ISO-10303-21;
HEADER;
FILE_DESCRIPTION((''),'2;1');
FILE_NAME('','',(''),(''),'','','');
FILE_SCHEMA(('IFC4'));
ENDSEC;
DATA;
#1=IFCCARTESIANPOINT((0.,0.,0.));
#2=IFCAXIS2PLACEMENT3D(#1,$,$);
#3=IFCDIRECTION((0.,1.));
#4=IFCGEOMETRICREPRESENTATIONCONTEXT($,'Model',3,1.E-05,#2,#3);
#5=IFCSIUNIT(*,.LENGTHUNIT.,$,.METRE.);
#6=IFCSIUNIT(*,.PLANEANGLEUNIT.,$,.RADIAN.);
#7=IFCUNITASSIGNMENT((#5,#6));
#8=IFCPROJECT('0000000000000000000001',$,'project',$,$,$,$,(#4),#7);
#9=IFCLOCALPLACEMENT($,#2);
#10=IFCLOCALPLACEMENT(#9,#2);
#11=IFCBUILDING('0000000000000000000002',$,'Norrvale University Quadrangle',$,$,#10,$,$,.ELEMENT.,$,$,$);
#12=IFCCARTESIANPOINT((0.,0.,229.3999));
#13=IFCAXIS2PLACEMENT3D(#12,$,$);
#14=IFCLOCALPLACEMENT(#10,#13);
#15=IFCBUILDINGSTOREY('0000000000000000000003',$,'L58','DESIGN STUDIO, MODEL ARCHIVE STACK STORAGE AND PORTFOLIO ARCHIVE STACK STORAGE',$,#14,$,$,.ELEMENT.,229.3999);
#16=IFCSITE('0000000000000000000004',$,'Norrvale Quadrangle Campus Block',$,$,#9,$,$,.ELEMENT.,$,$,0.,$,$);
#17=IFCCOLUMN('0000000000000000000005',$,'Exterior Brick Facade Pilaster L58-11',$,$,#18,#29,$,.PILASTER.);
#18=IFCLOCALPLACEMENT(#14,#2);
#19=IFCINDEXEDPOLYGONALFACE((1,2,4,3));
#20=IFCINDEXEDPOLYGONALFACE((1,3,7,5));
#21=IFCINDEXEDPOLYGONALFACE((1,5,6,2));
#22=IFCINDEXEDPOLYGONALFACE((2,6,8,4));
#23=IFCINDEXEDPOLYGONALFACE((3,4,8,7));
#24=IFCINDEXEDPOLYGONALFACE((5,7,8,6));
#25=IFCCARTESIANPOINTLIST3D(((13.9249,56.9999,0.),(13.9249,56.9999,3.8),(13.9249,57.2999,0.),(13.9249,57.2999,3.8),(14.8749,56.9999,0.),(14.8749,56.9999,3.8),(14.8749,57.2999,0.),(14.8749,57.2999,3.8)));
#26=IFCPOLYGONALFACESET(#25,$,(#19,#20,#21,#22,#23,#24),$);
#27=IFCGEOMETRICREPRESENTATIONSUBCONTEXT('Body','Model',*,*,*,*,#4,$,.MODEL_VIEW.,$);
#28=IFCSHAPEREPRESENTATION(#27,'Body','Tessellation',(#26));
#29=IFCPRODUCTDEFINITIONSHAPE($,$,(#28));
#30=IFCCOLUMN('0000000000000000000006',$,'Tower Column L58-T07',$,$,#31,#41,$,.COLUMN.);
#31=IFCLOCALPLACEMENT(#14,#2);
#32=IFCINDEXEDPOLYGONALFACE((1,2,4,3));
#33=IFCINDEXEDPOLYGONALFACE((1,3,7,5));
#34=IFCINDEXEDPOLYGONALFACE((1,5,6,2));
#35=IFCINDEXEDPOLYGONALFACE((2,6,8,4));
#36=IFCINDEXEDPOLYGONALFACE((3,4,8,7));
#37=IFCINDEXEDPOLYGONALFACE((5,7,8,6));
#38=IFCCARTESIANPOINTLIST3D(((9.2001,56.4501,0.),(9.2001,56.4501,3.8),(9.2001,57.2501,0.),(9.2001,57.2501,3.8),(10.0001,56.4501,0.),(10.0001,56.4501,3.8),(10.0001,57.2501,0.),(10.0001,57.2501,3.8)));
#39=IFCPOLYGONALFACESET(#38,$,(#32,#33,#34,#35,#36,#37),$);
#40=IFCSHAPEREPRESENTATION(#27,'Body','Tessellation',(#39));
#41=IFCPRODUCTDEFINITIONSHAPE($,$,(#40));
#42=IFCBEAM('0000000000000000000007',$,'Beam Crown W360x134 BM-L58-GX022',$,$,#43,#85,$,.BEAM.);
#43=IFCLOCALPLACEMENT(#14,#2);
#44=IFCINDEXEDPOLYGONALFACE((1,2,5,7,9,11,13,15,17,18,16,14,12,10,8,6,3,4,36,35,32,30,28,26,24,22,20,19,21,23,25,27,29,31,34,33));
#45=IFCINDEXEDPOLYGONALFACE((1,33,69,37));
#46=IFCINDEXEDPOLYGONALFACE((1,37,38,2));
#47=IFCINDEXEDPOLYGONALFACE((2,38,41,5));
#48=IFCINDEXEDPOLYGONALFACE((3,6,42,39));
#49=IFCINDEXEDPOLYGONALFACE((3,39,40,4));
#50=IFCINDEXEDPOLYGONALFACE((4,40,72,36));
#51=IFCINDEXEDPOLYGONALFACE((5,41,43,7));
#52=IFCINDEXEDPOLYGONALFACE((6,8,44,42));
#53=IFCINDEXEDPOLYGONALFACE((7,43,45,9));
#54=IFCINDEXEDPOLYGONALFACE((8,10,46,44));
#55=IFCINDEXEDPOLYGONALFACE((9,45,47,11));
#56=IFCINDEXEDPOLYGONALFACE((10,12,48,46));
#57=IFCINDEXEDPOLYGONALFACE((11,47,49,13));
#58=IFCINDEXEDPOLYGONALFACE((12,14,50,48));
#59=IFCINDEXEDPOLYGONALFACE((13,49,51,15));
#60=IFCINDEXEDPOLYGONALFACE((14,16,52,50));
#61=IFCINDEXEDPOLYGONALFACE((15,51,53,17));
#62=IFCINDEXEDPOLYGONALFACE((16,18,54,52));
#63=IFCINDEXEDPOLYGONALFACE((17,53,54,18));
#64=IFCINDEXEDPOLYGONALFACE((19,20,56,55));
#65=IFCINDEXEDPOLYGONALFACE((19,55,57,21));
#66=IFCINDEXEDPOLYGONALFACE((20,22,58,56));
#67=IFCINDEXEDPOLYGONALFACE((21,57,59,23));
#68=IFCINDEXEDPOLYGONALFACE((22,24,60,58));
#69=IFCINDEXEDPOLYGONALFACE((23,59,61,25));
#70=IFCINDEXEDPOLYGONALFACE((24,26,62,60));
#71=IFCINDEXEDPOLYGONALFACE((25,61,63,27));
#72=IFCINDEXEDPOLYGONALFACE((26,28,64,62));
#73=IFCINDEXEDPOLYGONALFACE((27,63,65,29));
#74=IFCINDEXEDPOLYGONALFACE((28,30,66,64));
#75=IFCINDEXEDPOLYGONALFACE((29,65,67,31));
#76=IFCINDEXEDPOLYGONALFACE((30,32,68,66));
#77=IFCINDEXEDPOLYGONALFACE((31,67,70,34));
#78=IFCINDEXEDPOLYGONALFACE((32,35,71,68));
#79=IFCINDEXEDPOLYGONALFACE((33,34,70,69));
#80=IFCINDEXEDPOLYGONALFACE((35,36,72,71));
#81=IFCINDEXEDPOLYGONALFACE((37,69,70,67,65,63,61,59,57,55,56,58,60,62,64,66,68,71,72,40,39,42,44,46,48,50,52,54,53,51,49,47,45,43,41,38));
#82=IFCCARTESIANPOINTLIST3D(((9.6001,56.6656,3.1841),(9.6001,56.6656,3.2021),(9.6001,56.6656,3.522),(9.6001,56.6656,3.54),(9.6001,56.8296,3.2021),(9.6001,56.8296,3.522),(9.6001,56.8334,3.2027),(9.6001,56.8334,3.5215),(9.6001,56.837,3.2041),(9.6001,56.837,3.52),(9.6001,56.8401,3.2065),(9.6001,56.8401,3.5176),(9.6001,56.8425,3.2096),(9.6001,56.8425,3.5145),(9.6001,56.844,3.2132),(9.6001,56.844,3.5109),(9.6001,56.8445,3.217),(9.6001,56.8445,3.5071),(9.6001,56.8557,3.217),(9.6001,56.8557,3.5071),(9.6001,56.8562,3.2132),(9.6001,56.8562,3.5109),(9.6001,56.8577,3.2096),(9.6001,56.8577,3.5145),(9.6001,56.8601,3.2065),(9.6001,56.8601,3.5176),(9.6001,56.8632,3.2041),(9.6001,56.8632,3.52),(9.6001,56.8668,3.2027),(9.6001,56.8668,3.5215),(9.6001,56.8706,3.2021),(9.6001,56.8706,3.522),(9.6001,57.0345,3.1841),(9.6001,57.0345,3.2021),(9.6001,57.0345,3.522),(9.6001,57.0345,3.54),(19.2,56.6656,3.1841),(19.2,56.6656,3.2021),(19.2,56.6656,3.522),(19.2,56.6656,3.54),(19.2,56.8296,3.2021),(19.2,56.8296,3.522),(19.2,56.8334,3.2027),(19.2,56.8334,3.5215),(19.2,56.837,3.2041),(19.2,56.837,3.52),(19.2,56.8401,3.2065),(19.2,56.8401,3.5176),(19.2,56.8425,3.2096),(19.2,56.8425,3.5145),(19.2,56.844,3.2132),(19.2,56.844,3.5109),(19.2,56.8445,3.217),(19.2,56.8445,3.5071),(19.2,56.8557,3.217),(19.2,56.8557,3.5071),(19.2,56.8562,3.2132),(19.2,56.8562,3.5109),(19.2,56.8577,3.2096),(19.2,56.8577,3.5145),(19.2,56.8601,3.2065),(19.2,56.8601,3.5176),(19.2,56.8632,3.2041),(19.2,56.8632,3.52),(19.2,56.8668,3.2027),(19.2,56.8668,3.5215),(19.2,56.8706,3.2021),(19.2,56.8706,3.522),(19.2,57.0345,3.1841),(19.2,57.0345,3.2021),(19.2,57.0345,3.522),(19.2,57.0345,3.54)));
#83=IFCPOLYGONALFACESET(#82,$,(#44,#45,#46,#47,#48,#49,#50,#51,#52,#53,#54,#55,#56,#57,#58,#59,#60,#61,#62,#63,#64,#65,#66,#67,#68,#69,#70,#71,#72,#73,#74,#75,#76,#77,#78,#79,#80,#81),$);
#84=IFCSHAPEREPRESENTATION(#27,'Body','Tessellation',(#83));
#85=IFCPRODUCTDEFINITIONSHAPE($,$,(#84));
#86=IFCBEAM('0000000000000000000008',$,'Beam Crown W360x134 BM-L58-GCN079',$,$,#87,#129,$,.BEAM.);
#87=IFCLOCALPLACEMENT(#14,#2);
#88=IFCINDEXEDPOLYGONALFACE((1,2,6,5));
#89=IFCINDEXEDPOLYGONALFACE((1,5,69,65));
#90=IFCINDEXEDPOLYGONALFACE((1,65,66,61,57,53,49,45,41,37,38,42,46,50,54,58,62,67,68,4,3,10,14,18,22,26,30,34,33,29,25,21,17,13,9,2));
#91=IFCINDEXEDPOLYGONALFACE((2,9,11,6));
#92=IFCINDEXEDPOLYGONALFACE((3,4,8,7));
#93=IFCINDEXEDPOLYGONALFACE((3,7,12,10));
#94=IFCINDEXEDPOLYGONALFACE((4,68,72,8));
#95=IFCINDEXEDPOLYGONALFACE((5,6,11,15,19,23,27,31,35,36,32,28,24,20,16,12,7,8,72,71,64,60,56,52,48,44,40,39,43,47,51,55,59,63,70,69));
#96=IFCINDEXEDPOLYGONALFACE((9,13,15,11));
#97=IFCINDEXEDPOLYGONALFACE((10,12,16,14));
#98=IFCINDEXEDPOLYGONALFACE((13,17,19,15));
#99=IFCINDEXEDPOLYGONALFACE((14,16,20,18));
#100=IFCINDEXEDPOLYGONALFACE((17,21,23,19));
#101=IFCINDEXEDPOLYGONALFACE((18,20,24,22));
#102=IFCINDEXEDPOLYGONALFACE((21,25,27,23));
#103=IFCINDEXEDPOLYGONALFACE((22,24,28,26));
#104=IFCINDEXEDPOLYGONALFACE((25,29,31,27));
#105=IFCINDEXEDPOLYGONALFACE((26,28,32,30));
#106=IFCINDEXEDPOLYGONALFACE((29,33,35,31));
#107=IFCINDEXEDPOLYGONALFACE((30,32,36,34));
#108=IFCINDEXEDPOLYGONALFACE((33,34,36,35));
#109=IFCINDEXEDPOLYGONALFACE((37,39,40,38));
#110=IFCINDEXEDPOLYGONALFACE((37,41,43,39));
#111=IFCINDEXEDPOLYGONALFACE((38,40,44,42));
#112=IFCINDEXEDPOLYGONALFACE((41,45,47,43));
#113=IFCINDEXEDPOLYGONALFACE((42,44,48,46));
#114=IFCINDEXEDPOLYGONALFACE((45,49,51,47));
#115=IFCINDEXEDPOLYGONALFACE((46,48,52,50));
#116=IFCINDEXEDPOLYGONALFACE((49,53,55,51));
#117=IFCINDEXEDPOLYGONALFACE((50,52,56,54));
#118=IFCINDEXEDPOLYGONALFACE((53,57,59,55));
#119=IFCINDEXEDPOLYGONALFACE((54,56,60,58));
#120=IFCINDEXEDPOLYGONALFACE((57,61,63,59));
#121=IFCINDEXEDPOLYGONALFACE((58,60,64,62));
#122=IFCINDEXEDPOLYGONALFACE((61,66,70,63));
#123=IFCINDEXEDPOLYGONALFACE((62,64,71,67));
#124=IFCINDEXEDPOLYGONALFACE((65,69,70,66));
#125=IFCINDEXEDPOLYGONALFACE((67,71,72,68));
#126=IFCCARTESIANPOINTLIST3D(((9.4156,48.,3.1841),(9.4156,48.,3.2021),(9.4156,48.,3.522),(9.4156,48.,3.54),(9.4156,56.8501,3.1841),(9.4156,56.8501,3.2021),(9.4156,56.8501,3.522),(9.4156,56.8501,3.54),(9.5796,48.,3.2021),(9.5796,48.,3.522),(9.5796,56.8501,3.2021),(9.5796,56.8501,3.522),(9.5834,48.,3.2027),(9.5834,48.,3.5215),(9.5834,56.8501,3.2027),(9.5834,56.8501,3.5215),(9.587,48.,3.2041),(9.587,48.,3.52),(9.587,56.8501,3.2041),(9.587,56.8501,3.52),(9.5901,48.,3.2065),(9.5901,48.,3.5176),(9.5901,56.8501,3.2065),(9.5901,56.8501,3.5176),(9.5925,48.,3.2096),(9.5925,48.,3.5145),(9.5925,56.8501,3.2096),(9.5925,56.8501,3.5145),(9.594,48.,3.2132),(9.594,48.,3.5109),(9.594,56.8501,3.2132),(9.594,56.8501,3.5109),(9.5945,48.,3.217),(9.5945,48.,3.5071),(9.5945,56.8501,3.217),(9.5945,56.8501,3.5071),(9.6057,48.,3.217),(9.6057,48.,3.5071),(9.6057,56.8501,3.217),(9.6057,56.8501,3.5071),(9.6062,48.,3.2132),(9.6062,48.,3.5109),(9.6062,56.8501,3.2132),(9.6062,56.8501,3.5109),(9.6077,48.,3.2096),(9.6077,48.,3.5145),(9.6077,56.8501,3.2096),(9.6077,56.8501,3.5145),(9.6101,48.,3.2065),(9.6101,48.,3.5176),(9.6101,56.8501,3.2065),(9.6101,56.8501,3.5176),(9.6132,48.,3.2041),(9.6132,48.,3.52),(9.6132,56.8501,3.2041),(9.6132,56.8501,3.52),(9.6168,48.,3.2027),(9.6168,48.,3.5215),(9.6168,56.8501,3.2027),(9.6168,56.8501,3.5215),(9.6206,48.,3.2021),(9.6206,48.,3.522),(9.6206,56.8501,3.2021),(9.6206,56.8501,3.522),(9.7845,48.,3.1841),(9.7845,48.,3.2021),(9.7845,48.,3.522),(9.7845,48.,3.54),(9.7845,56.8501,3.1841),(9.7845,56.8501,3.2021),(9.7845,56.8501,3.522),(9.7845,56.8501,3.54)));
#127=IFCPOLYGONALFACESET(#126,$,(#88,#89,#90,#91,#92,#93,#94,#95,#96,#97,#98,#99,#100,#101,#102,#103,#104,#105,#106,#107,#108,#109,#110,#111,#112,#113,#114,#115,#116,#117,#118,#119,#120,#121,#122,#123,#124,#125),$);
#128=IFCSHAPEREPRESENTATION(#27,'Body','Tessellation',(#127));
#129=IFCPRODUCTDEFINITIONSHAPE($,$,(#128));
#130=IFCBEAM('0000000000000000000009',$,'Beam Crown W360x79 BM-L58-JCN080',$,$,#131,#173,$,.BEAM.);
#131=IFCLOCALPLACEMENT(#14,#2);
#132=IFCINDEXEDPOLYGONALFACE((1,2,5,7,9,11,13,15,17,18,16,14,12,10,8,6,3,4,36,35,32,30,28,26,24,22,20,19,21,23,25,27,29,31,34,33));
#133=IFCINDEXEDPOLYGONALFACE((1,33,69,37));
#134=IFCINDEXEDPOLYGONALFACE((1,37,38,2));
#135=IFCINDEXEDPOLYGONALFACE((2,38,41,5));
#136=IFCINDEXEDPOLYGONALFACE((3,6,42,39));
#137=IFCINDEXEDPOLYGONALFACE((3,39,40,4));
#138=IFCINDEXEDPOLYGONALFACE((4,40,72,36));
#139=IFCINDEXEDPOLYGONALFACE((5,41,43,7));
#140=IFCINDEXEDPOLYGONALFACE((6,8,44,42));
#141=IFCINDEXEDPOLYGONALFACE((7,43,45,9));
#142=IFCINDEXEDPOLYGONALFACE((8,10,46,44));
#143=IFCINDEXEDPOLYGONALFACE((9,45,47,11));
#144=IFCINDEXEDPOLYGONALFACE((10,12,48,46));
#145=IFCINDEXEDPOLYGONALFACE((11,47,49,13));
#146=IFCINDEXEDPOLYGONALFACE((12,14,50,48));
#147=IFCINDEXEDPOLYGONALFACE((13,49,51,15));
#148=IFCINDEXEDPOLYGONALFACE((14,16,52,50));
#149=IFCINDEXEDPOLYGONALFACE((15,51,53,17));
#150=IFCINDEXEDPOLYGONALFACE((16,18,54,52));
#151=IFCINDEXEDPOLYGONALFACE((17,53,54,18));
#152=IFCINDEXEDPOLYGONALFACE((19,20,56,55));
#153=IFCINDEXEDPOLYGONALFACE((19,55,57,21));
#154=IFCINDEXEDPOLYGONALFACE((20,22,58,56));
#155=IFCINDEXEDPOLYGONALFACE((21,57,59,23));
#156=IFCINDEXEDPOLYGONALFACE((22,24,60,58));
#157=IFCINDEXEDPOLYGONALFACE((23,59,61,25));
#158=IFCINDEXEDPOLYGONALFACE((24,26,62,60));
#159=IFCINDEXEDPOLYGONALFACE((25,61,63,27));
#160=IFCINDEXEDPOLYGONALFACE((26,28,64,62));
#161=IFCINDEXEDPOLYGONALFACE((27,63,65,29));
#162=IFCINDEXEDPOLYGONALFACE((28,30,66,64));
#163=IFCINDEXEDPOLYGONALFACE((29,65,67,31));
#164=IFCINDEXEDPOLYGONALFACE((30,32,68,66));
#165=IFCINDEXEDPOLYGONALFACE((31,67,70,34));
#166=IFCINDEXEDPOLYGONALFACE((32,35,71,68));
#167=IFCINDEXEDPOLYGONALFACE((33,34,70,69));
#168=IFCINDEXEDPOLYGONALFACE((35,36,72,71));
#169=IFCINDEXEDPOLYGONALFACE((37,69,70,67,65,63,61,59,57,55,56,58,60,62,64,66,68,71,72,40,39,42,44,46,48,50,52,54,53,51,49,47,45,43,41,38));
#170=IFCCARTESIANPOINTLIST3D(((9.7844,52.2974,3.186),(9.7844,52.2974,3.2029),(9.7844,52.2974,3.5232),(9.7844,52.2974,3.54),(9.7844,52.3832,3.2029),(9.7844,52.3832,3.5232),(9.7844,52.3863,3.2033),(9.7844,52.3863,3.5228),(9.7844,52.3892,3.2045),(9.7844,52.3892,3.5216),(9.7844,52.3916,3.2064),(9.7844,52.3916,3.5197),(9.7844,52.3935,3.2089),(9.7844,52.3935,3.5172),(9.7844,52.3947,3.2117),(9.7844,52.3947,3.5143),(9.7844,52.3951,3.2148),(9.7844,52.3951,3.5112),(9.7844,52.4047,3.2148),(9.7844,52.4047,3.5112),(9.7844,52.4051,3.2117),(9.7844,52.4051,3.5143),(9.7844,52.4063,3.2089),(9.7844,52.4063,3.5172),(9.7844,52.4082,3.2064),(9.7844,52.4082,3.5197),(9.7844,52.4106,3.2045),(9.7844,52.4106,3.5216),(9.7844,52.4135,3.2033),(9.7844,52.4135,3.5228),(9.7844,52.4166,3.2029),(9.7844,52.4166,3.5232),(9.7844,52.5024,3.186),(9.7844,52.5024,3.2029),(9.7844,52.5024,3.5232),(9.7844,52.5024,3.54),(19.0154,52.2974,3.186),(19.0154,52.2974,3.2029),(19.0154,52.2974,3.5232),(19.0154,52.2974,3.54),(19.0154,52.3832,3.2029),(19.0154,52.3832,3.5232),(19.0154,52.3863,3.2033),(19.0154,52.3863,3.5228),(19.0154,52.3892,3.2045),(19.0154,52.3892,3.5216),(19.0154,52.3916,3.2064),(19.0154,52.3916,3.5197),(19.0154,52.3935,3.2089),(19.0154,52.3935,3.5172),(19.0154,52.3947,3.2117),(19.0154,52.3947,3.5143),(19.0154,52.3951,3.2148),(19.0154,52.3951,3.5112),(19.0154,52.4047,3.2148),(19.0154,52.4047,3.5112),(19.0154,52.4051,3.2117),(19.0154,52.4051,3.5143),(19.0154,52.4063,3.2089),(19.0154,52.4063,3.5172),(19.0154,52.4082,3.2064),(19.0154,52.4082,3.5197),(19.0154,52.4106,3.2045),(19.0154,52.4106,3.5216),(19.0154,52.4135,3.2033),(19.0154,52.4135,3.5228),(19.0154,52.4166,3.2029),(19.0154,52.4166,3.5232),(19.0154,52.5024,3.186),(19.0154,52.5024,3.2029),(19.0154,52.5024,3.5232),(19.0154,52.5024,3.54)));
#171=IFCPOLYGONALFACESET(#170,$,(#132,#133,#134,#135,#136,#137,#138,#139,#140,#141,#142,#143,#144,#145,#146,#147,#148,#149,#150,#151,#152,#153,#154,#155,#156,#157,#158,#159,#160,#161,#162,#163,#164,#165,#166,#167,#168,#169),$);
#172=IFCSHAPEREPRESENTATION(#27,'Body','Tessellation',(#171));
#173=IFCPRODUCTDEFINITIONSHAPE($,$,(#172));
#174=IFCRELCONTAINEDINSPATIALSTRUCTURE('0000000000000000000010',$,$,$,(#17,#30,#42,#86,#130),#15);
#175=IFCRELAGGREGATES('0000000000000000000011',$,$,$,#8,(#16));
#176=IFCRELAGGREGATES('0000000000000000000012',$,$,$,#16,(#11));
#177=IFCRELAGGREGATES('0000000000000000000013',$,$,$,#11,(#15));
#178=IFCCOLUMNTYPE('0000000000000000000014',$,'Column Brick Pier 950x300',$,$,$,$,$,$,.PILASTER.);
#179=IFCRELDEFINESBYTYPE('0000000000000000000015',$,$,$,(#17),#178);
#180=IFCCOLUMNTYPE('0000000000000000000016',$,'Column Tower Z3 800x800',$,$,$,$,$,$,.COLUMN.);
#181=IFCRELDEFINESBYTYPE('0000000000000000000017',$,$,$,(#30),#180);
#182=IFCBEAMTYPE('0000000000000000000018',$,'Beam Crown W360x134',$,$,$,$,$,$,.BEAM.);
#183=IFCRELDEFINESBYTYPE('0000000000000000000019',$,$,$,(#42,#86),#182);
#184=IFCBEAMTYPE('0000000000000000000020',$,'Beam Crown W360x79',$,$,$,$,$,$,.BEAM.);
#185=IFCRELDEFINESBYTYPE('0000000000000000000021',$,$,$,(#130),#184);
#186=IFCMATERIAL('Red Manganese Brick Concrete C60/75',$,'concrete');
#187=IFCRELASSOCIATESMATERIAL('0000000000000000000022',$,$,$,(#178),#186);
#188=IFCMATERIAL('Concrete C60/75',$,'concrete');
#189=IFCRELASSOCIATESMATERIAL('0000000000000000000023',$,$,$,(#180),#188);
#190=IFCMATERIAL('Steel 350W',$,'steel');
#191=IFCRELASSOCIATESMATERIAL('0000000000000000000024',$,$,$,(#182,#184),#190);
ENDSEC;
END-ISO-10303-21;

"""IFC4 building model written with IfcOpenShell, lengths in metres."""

from ifc_helpers import new_model, si_unit, direction, frame, origin, origin_2d, place, context, subcontext, project, spatial, rectangle, i_section, extrude, material, material_profile, profile_set, type_object, element, save


model = new_model("IFC4")

# Units and contexts
model_context = context("Model", 3, precision=1e-05, world=origin(), true_north=direction((0.0, 1.0)))
body_context = subcontext(model_context, "Body", "Model", "MODEL_VIEW")
ifc_project = project(units=[si_unit("LENGTHUNIT", "METRE"), si_unit("PLANEANGLEUNIT", "RADIAN")], contexts=[model_context])

# Site, building, storey
site_placement = place(None, origin())
site = spatial("IfcSite", under=ifc_project, at=site_placement, Name="Norrvale Quadrangle Campus Block", CompositionType="ELEMENT", RefElevation=0.0)
building_placement = place(site_placement, origin())
building = spatial("IfcBuilding", under=site, at=building_placement, Name="Norrvale University Quadrangle", CompositionType="ELEMENT")
storey_placement = place(building_placement, frame((0.0, 0.0, 229.3999)))
storey = spatial("IfcBuildingStorey", under=building, at=storey_placement, Name="L58", Description="DESIGN STUDIO, MODEL ARCHIVE STACK STORAGE AND PORTFOLIO ARCHIVE STACK STORAGE", CompositionType="ELEMENT", Elevation=229.3999)

# Columns
ifc_material_1 = material(Name="Red Manganese Brick Concrete C60/75", Category="concrete")
ifc_material_profile_1 = material_profile(ifc_material_1, rectangle(XDim=0.95, YDim=0.3, at=origin_2d()), Name="Red Manganese Brick Concrete C60/75")
ifc_profile_set_1 = profile_set([ifc_material_profile_1], Name="Red Manganese Brick Concrete C60/75")
column_type_1 = type_object("IfcColumnType", Name="Column Brick Pier 950x300", PredefinedType="PILASTER", material=ifc_profile_set_1)
column_1_placement = place(storey_placement, frame((14.3999, 57.1499, 0.0), z_axis=(0.0, 0.0, 1.0), x_axis=(1.0, 0.0, 0.0)))
element("IfcColumn", 1, at=column_1_placement, inside=storey, type_object=column_type_1, Name="Exterior Brick Facade Pilaster L58-11", PredefinedType="PILASTER", context=body_context, shape_type="SweptSolid", body=[
    extrude(rectangle(XDim=0.95, YDim=0.3, at=origin_2d()), origin(), (0.0, 0.0, 1.0), 3.8),
])
ifc_material_2 = material(Name="Concrete C60/75", Category="concrete")
ifc_material_profile_2 = material_profile(ifc_material_2, rectangle(XDim=0.8, YDim=0.8, at=origin_2d()), Name="Concrete C60/75")
ifc_profile_set_2 = profile_set([ifc_material_profile_2], Name="Concrete C60/75")
column_type_2 = type_object("IfcColumnType", Name="Column Tower Z3 800x800", PredefinedType="COLUMN", material=ifc_profile_set_2)
column_2_placement = place(storey_placement, frame((9.6001, 56.8501, 0.0), z_axis=(0.0, 0.0, 1.0), x_axis=(1.0, 0.0, 0.0)))
element("IfcColumn", 2, at=column_2_placement, inside=storey, type_object=column_type_2, Name="Tower Column L58-T07", PredefinedType="COLUMN", context=body_context, shape_type="SweptSolid", body=[
    extrude(rectangle(XDim=0.8, YDim=0.8, at=origin_2d()), origin(), (0.0, 0.0, 1.0), 3.8),
])

# Beams
ifc_material_3 = material(Name="Steel 350W", Category="steel")
ifc_material_profile_3 = material_profile(ifc_material_3, i_section(OverallWidth=0.3689, OverallDepth=0.356, WebThickness=0.0112, FlangeThickness=0.0181, FilletRadius=0.0149, at=origin_2d()), Name="Steel 350W")
ifc_profile_set_3 = profile_set([ifc_material_profile_3], Name="Steel 350W")
beam_type_1 = type_object("IfcBeamType", Name="Beam Crown W360x134", PredefinedType="BEAM", material=ifc_profile_set_3)
beam_1_placement = place(storey_placement, frame((9.6001, 56.8501, 3.3621), z_axis=(1.0, 0.0, 0.0), x_axis=(0.0, 1.0, 0.0)))
element("IfcBeam", 3, at=beam_1_placement, inside=storey, type_object=beam_type_1, Name="Beam Crown W360x134 BM-L58-GX022", PredefinedType="BEAM", context=body_context, shape_type="SweptSolid", body=[
    extrude(i_section(OverallWidth=0.3689, OverallDepth=0.356, WebThickness=0.0112, FlangeThickness=0.0181, FilletRadius=0.0149, at=origin_2d()), origin(), (0.0, 0.0, 1.0), 9.5999),
])
beam_2_placement = place(storey_placement, frame((9.6001, 48.0, 3.3621), z_axis=(0.0, 1.0, 0.0), x_axis=(-1.0, 0.0, 0.0)))
element("IfcBeam", 4, at=beam_2_placement, inside=storey, type_object=beam_type_1, Name="Beam Crown W360x134 BM-L58-GCN079", PredefinedType="BEAM", context=body_context, shape_type="SweptSolid", body=[
    extrude(i_section(OverallWidth=0.3689, OverallDepth=0.356, WebThickness=0.0112, FlangeThickness=0.0181, FilletRadius=0.0149, at=origin_2d()), origin(), (0.0, 0.0, 1.0), 8.8501),
])
ifc_material_profile_4 = material_profile(ifc_material_3, i_section(OverallWidth=0.2051, OverallDepth=0.354, WebThickness=0.0095, FlangeThickness=0.0168, FilletRadius=0.012, at=origin_2d()), Name="Steel 350W")
ifc_profile_set_4 = profile_set([ifc_material_profile_4], Name="Steel 350W")
beam_type_2 = type_object("IfcBeamType", Name="Beam Crown W360x79", PredefinedType="BEAM", material=ifc_profile_set_4)
beam_3_placement = place(storey_placement, frame((9.7844, 52.3999, 3.363), z_axis=(1.0, 0.0, 0.0), x_axis=(0.0, 1.0, 0.0)))
element("IfcBeam", 5, at=beam_3_placement, inside=storey, type_object=beam_type_2, Name="Beam Crown W360x79 BM-L58-JCN080", PredefinedType="BEAM", context=body_context, shape_type="SweptSolid", body=[
    extrude(i_section(OverallWidth=0.2051, OverallDepth=0.354, WebThickness=0.0095, FlangeThickness=0.0168, FilletRadius=0.012, at=origin_2d()), origin(), (0.0, 0.0, 1.0), 9.231),
])

save(model, "model.ifc")
